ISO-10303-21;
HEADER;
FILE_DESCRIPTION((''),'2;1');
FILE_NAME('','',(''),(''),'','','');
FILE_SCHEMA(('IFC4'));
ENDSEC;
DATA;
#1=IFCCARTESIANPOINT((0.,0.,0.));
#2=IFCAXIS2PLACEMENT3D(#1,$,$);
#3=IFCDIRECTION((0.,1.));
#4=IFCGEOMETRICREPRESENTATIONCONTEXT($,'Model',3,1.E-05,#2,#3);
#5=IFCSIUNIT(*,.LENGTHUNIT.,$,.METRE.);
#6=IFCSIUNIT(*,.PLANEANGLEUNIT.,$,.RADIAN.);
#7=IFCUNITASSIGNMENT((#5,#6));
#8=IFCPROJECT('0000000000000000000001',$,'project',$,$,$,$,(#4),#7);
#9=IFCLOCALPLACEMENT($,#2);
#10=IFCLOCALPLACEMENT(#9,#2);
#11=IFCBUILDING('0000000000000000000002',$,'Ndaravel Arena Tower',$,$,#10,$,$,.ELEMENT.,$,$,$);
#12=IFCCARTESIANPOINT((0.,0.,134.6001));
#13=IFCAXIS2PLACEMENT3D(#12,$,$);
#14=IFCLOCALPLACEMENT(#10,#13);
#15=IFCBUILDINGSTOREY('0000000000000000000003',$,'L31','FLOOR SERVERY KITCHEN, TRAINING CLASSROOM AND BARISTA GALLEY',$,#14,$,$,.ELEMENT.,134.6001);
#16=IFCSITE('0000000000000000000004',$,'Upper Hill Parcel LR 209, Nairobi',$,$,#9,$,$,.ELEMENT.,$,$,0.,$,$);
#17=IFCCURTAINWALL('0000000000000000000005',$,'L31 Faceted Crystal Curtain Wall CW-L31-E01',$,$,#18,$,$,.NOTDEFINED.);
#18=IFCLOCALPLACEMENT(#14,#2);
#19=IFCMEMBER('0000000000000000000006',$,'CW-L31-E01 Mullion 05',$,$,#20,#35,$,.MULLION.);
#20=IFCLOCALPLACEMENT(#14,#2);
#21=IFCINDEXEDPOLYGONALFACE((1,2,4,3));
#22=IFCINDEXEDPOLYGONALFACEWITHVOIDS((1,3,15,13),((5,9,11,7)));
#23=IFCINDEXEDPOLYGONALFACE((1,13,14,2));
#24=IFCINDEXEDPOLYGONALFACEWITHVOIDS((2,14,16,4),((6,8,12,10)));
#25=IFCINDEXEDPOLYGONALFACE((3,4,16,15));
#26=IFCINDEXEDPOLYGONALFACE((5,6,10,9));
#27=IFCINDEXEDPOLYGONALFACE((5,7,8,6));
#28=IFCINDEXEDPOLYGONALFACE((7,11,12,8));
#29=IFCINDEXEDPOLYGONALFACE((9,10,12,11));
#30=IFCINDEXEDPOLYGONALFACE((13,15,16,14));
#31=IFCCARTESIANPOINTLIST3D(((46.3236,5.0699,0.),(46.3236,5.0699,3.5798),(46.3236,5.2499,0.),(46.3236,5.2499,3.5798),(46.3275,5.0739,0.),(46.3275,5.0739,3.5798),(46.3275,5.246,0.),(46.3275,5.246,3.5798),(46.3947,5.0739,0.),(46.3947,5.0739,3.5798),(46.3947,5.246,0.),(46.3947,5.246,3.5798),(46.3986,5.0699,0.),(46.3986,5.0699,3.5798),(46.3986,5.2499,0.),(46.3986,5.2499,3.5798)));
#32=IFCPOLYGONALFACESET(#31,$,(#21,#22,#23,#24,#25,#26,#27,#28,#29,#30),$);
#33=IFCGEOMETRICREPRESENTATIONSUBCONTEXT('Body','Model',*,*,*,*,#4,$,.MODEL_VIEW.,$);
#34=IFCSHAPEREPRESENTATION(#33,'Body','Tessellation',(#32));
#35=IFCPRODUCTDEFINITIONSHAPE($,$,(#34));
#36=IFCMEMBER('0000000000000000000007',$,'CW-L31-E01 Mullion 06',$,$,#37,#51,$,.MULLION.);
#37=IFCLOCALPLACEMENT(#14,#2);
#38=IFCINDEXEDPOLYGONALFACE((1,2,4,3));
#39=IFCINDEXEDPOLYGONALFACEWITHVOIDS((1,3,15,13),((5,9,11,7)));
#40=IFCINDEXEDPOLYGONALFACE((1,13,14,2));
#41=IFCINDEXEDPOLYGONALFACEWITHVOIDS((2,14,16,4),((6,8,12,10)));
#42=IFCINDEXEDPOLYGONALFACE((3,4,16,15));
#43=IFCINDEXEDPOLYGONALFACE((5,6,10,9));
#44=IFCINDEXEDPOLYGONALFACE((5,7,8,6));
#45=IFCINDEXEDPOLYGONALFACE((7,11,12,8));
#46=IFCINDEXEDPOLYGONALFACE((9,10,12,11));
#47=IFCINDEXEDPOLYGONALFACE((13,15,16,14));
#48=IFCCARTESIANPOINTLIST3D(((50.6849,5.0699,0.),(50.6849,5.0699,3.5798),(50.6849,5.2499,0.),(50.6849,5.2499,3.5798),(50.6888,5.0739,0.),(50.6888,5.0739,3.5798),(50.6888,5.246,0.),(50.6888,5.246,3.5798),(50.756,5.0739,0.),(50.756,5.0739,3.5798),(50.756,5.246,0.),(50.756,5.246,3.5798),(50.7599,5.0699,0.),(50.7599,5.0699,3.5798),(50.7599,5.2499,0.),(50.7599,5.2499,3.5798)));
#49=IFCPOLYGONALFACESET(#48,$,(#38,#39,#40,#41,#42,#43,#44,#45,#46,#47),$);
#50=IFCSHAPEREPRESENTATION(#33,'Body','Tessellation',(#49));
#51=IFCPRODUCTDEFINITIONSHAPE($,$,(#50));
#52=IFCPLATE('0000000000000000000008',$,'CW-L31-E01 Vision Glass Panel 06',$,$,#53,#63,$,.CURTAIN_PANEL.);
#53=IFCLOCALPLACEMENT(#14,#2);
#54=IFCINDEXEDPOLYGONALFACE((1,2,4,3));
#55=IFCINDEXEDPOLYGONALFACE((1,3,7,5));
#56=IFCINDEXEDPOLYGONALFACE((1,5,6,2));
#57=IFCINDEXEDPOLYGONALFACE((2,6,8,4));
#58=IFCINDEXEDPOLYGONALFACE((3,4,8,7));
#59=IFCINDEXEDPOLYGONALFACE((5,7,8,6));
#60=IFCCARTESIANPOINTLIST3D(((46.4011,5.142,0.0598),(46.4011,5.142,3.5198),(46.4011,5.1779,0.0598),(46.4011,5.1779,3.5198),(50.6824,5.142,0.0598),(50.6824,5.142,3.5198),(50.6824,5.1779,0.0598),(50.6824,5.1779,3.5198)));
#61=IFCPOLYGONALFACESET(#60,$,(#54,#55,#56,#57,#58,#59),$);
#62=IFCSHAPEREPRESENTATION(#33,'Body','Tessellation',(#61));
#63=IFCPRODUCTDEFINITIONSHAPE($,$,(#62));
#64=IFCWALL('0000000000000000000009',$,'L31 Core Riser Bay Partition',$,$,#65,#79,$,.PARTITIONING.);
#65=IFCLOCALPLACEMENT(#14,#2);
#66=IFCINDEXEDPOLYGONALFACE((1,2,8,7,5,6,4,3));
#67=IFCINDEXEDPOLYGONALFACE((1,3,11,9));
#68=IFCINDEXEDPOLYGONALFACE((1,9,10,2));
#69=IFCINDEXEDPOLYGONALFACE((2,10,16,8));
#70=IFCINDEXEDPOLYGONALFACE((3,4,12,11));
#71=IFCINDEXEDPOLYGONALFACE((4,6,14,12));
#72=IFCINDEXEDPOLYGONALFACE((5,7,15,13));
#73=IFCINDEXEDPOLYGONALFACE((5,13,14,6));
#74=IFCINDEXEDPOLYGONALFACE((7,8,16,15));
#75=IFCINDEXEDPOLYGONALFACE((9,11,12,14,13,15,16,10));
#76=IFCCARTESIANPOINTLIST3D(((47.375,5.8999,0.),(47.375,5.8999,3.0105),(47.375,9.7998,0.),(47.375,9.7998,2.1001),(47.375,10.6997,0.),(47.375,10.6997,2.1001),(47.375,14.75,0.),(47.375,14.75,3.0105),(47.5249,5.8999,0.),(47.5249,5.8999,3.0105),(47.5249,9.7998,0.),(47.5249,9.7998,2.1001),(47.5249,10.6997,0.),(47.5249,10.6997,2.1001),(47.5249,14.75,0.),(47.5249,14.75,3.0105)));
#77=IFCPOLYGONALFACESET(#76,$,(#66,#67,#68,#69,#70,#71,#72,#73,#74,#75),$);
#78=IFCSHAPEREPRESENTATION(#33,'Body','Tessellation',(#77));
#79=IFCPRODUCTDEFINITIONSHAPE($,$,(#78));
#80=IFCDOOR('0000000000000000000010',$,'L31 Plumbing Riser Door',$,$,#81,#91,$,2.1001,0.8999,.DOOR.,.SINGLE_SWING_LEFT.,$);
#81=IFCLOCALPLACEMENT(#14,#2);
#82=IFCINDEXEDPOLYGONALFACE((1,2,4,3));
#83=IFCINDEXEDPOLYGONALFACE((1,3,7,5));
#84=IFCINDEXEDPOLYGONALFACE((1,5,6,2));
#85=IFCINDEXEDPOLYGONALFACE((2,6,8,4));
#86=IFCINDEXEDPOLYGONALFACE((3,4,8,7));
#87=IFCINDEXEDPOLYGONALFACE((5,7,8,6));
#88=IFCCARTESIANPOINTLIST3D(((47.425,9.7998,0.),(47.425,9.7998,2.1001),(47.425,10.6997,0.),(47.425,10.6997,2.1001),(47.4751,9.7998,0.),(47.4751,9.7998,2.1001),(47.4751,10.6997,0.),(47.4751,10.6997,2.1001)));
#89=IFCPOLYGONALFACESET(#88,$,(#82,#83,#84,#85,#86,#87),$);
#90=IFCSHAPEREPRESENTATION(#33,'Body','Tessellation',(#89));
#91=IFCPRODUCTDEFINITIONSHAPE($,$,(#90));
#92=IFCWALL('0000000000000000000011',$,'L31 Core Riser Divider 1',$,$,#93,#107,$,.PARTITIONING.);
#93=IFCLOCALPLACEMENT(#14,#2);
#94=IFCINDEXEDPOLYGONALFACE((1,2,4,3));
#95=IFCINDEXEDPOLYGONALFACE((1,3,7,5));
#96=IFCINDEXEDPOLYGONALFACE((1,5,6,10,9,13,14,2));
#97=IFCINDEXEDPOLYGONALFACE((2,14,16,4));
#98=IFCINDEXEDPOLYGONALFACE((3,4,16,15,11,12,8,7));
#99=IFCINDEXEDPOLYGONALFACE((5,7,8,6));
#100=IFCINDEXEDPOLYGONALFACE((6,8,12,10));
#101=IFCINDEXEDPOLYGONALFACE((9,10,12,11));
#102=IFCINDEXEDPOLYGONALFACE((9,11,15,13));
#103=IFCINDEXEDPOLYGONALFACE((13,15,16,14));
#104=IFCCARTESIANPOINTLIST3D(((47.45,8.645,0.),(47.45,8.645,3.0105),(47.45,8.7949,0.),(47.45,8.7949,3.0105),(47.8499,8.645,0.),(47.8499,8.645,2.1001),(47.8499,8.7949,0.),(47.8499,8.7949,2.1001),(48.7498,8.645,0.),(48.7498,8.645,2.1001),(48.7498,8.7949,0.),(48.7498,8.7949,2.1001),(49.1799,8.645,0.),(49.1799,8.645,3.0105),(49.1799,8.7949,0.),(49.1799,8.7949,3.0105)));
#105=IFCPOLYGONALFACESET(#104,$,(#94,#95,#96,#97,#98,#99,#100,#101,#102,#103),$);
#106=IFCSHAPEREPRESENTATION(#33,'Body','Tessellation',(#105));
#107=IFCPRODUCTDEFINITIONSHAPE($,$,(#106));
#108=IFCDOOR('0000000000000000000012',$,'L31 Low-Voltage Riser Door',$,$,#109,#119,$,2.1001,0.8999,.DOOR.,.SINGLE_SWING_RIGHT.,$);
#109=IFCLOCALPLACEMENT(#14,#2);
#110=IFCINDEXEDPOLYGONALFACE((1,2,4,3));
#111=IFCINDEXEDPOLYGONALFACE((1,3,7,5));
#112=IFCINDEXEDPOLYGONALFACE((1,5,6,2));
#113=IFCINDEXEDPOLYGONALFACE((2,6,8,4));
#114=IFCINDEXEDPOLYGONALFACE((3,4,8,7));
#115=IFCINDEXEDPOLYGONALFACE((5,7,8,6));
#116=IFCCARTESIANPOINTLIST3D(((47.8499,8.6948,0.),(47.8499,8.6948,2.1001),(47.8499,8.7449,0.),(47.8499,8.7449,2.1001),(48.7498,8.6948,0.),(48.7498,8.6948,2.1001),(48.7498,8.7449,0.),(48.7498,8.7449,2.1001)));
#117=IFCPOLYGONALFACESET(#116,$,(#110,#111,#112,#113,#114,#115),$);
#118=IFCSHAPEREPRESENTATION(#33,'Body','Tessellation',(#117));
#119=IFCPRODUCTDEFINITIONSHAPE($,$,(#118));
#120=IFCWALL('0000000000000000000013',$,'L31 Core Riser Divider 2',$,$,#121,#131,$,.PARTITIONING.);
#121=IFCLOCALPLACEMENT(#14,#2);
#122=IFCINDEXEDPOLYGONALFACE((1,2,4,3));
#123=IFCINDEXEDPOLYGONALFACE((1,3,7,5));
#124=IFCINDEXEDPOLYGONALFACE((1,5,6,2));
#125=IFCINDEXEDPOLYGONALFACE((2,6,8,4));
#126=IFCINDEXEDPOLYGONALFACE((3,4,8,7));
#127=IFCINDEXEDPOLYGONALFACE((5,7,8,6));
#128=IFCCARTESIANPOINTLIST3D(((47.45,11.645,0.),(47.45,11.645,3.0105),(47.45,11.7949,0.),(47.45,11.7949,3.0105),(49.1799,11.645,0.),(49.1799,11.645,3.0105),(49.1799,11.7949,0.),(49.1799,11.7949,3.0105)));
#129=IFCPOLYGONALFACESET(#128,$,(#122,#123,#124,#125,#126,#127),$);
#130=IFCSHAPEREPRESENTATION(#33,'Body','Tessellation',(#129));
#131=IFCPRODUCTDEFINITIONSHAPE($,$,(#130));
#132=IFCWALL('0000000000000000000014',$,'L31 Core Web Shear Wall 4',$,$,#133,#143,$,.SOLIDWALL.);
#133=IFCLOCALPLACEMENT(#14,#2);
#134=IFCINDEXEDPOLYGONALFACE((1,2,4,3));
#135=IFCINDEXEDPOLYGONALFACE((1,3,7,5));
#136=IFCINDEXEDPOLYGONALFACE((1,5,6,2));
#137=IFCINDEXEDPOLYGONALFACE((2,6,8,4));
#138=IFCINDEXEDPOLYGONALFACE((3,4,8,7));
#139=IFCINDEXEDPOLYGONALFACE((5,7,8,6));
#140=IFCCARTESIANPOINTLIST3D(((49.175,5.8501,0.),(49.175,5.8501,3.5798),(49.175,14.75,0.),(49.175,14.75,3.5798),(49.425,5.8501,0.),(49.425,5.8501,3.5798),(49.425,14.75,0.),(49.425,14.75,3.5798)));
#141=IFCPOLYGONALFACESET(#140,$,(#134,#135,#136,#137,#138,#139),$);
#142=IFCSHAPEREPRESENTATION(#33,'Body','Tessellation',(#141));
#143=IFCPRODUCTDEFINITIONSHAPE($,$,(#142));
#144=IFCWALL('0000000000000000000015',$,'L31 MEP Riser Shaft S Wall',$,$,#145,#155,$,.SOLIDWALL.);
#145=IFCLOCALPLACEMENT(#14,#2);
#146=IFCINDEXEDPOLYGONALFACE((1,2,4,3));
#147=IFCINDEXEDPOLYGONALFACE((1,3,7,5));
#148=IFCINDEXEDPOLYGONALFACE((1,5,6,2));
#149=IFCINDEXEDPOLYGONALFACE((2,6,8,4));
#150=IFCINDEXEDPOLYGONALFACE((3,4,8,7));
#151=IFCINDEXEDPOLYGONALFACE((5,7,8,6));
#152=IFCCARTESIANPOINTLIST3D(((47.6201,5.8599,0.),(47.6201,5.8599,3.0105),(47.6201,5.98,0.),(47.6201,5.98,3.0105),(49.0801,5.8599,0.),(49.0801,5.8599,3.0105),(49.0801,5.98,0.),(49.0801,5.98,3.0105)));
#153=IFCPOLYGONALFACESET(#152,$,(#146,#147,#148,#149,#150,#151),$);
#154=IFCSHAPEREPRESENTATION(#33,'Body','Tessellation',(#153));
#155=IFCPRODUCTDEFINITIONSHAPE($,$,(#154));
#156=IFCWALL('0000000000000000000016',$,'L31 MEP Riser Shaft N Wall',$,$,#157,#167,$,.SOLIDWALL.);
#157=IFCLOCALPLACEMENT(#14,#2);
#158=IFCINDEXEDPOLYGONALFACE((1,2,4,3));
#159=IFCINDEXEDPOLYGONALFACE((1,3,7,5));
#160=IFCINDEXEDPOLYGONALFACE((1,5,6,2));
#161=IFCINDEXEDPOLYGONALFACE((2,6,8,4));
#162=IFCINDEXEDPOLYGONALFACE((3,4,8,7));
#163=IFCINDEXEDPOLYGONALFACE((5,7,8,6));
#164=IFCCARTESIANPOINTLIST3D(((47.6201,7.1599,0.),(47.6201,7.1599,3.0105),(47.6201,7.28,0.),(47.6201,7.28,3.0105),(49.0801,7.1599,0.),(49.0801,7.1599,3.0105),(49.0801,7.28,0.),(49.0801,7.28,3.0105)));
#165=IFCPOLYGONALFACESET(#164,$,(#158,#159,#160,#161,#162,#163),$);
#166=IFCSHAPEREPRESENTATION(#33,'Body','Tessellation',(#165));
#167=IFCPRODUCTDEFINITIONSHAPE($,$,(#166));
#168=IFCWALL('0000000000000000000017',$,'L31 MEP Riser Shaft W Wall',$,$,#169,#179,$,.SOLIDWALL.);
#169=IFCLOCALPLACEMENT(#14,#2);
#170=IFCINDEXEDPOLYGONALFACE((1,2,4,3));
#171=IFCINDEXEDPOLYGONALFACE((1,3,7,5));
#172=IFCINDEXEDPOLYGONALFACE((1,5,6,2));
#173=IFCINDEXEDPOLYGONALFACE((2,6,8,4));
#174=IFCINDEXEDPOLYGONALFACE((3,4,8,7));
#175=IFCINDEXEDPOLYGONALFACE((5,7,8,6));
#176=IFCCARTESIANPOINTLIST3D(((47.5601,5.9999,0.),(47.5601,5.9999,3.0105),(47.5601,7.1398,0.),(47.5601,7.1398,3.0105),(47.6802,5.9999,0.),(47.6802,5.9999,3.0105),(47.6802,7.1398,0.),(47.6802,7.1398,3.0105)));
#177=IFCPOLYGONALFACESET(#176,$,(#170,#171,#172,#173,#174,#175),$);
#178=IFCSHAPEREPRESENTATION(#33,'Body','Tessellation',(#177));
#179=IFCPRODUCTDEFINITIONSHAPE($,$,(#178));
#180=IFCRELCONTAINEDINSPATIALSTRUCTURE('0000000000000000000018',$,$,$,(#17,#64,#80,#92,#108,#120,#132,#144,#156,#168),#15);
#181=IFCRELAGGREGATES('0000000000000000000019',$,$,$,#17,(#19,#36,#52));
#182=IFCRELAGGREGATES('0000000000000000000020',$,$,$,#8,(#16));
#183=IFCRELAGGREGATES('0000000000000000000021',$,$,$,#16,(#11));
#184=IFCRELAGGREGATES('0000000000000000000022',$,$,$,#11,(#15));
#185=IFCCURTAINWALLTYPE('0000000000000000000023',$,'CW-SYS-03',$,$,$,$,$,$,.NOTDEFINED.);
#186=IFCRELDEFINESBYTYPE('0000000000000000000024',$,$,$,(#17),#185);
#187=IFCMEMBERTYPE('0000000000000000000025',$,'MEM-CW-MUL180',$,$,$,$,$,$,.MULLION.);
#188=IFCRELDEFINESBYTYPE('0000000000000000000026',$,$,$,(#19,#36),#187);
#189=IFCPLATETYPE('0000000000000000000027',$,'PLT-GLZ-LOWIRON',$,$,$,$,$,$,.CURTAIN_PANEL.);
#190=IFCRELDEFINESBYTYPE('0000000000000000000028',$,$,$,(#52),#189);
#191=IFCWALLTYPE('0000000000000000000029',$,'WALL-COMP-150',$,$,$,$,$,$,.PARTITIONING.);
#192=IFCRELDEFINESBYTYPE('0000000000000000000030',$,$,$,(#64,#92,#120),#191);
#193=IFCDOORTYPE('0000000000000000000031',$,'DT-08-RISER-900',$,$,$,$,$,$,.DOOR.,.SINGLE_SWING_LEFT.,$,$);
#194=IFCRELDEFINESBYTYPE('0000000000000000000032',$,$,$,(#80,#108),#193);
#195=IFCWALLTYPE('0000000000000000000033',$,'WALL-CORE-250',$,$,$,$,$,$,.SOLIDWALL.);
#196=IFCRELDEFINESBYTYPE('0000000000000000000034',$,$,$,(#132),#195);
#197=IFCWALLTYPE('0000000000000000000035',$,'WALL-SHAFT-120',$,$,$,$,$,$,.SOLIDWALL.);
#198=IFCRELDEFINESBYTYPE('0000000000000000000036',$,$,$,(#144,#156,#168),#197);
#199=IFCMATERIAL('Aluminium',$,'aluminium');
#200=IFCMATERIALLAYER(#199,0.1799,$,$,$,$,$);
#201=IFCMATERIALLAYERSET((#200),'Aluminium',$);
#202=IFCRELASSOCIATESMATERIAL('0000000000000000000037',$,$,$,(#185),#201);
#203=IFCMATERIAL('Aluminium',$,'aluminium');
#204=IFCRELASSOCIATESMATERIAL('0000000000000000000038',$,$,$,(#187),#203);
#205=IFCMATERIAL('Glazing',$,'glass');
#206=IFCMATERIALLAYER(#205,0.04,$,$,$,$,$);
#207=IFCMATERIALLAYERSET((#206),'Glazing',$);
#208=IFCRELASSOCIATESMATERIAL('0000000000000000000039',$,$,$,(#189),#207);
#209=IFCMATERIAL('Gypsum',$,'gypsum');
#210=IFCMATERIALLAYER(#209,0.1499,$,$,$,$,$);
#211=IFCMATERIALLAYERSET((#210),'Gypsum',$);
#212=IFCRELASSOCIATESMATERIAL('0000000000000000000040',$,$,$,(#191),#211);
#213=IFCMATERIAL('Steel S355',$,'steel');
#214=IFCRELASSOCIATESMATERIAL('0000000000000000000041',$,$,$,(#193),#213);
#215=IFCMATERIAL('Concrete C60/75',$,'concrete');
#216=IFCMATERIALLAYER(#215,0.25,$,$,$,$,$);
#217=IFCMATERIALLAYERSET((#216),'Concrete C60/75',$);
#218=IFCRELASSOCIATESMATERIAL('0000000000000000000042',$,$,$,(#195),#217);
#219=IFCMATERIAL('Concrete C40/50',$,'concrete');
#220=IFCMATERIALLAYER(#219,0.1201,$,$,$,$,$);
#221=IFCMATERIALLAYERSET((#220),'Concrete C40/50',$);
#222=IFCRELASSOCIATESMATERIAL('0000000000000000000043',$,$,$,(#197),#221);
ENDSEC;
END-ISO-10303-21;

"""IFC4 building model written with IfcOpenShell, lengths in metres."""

from ifc_helpers import new_model, si_unit, direction, frame, frame_2d, origin, origin_2d, place, context, subcontext, project, spatial, rectangle, hollow_rectangle, extrude, material, layer, layer_set, material_profile, profile_set, type_object, element, fill, aggregate, save


model = new_model("IFC4")

# Units and contexts
model_context = context("Model", 3, precision=1e-05, world=origin(), true_north=direction((0.0, 1.0)))
body_context = subcontext(model_context, "Body", "Model", "MODEL_VIEW")
ifc_project = project(units=[si_unit("LENGTHUNIT", "METRE"), si_unit("PLANEANGLEUNIT", "RADIAN")], contexts=[model_context])

# Site, building, storey
site_placement = place(None, origin())
site = spatial("IfcSite", under=ifc_project, at=site_placement, Name="Upper Hill Parcel LR 209, Nairobi", CompositionType="ELEMENT", RefElevation=0.0)
building_placement = place(site_placement, origin())
building = spatial("IfcBuilding", under=site, at=building_placement, Name="Ndaravel Arena Tower", CompositionType="ELEMENT")
storey_placement = place(building_placement, frame((0.0, 0.0, 134.6001)))
storey = spatial("IfcBuildingStorey", under=building, at=storey_placement, Name="L31", Description="FLOOR SERVERY KITCHEN, TRAINING CLASSROOM AND BARISTA GALLEY", CompositionType="ELEMENT", Elevation=134.6001)

# Curtain wall, members, plate
ifc_material_1 = material(Name="Aluminium", Category="aluminium")
ifc_layer_1 = layer(ifc_material_1, 0.1799)
ifc_layer_set_1 = layer_set([ifc_layer_1], Name="Aluminium")
curtain_wall_type = type_object("IfcCurtainWallType", Name="CW-SYS-03", PredefinedType="NOTDEFINED", material=ifc_layer_set_1)
curtain_wall_placement = place(storey_placement, origin())
curtain_wall = element("IfcCurtainWall", 1, at=curtain_wall_placement, inside=storey, type_object=curtain_wall_type, Name="L31 Faceted Crystal Curtain Wall CW-L31-E01", PredefinedType="NOTDEFINED")
ifc_material_2 = material(Name="Aluminium", Category="aluminium")
ifc_material_profile = material_profile(ifc_material_2, hollow_rectangle(XDim=0.075, YDim=0.1799, WallThickness=0.0039, at=origin_2d()), Name="CW MULLION 75x180x4")
ifc_profile_set = profile_set([ifc_material_profile], Name="Aluminium")
member_type = type_object("IfcMemberType", Name="MEM-CW-MUL180", PredefinedType="MULLION", material=ifc_profile_set)
member_1_placement = place(storey_placement, frame((46.3611, 5.1599, 0.0), z_axis=(0.0, 0.0, 1.0), x_axis=(1.0, 0.0, 0.0)))
member_1 = element("IfcMember", 2, at=member_1_placement, type_object=member_type, Name="CW-L31-E01 Mullion 05", PredefinedType="MULLION", context=body_context, shape_type="SweptSolid", body=[
    extrude(hollow_rectangle(XDim=0.075, YDim=0.1799, WallThickness=0.0039, at=origin_2d()), origin(), (0.0, 0.0, 1.0), 3.5798),
])
member_2_placement = place(storey_placement, frame((50.7224, 5.1599, 0.0), z_axis=(0.0, 0.0, 1.0), x_axis=(1.0, 0.0, 0.0)))
member_2 = element("IfcMember", 3, at=member_2_placement, type_object=member_type, Name="CW-L31-E01 Mullion 06", PredefinedType="MULLION", context=body_context, shape_type="SweptSolid", body=[
    extrude(hollow_rectangle(XDim=0.075, YDim=0.1799, WallThickness=0.0039, at=origin_2d()), origin(), (0.0, 0.0, 1.0), 3.5798),
])
ifc_material_3 = material(Name="Glazing", Category="glass")
ifc_layer_2 = layer(ifc_material_3, 0.04)
ifc_layer_set_2 = layer_set([ifc_layer_2], Name="Glazing")
plate_type = type_object("IfcPlateType", Name="PLT-GLZ-LOWIRON", PredefinedType="CURTAIN_PANEL", material=ifc_layer_set_2)
plate_placement = place(storey_placement, frame((48.5417, 5.1599, 0.0598), z_axis=(0.0, 0.0, 1.0), x_axis=(1.0, 0.0, 0.0)))
plate = element("IfcPlate", 4, at=plate_placement, type_object=plate_type, Name="CW-L31-E01 Vision Glass Panel 06", PredefinedType="CURTAIN_PANEL", context=body_context, shape_type="SweptSolid", body=[
    extrude(rectangle(XDim=4.2812, YDim=0.0359, at=origin_2d()), origin(), (0.0, 0.0, 1.0), 3.46),
])
aggregate(curtain_wall, [member_1, member_2, plate])

# Walls, openings, doors
ifc_material_4 = material(Name="Gypsum", Category="gypsum")
ifc_layer_3 = layer(ifc_material_4, 0.1499)
ifc_layer_set_3 = layer_set([ifc_layer_3], Name="Gypsum")
wall_type_1 = type_object("IfcWallType", Name="WALL-COMP-150", PredefinedType="PARTITIONING", material=ifc_layer_set_3)
wall_1_placement = place(storey_placement, frame((47.45, 5.8999, 0.0), z_axis=(0.0, 0.0, 1.0), x_axis=(0.0, 1.0, 0.0)))
wall_1 = element("IfcWall", 5, at=wall_1_placement, inside=storey, type_object=wall_type_1, Name="L31 Core Riser Bay Partition", PredefinedType="PARTITIONING", context=body_context, shape_type="SweptSolid", body=[
    extrude(rectangle(XDim=8.8501, YDim=0.1499, at=frame_2d((4.425, 0.0))), origin(), (0.0, 0.0, 1.0), 3.0105),
])
opening_1_placement = place(wall_1_placement, frame((3.8999, 0.0, 0.0)))
opening_1 = element("IfcOpeningElement", 6, at=opening_1_placement, cuts=wall_1, PredefinedType="OPENING", context=body_context, shape_type="SweptSolid", body=[
    extrude(rectangle(XDim=0.8999, YDim=2.1001, at=frame_2d((0.45, 1.05))), frame((0.0, 0.075, 0.0), z_axis=(0.0, -1.0, 0.0), x_axis=(1.0, 0.0, 0.0)), (0.0, 0.0, 1.0), 0.1499),
])
ifc_material_5 = material(Name="Steel S355", Category="steel")
door_type_1 = type_object("IfcDoorType", Name="DT-08-RISER-900", OperationType="SINGLE_SWING_LEFT", PredefinedType="DOOR", material=ifc_material_5)
door_1_placement = place(opening_1_placement, origin())
door_1 = element("IfcDoor", 7, at=door_1_placement, inside=storey, type_object=door_type_1, Name="L31 Plumbing Riser Door", OperationType="SINGLE_SWING_LEFT", OverallHeight=2.1001, OverallWidth=0.8999, PredefinedType="DOOR", context=body_context, shape_type="SweptSolid", body=[
    extrude(rectangle(XDim=0.8999, YDim=2.1001, at=frame_2d((0.45, 1.05))), frame((0.0, 0.0249, 0.0), z_axis=(0.0, -1.0, 0.0), x_axis=(1.0, 0.0, 0.0)), (0.0, 0.0, 1.0), 0.05),
])
fill(opening_1, door_1)
wall_2_placement = place(storey_placement, frame((47.45, 8.72, 0.0), z_axis=(0.0, 0.0, 1.0), x_axis=(1.0, 0.0, 0.0)))
wall_2 = element("IfcWall", 8, at=wall_2_placement, inside=storey, type_object=wall_type_1, Name="L31 Core Riser Divider 1", PredefinedType="PARTITIONING", context=body_context, shape_type="SweptSolid", body=[
    extrude(rectangle(XDim=1.73, YDim=0.1499, at=frame_2d((0.865, 0.0))), origin(), (0.0, 0.0, 1.0), 3.0105),
])
opening_2_placement = place(wall_2_placement, frame((0.3999, 0.0, 0.0)))
opening_2 = element("IfcOpeningElement", 9, at=opening_2_placement, cuts=wall_2, PredefinedType="OPENING", context=body_context, shape_type="SweptSolid", body=[
    extrude(rectangle(XDim=0.8999, YDim=2.1001, at=frame_2d((0.45, 1.05))), frame((0.0, 0.075, 0.0), z_axis=(0.0, -1.0, 0.0), x_axis=(1.0, 0.0, 0.0)), (0.0, 0.0, 1.0), 0.1499),
])
door_2_placement = place(opening_2_placement, origin())
door_2 = element("IfcDoor", 10, at=door_2_placement, inside=storey, type_object=door_type_1, Name="L31 Low-Voltage Riser Door", OperationType="SINGLE_SWING_RIGHT", OverallHeight=2.1001, OverallWidth=0.8999, PredefinedType="DOOR", context=body_context, shape_type="SweptSolid", body=[
    extrude(rectangle(XDim=0.8999, YDim=2.1001, at=frame_2d((0.45, 1.05))), frame((0.0, 0.0249, 0.0), z_axis=(0.0, -1.0, 0.0), x_axis=(1.0, 0.0, 0.0)), (0.0, 0.0, 1.0), 0.05),
])
fill(opening_2, door_2)

# Walls
wall_3_placement = place(storey_placement, frame((47.45, 11.72, 0.0), z_axis=(0.0, 0.0, 1.0), x_axis=(1.0, 0.0, 0.0)))
element("IfcWall", 11, at=wall_3_placement, inside=storey, type_object=wall_type_1, Name="L31 Core Riser Divider 2", PredefinedType="PARTITIONING", context=body_context, shape_type="SweptSolid", body=[
    extrude(rectangle(XDim=1.73, YDim=0.1499, at=frame_2d((0.865, 0.0))), origin(), (0.0, 0.0, 1.0), 3.0105),
])
ifc_material_6 = material(Name="Concrete C60/75", Category="concrete")
ifc_layer_4 = layer(ifc_material_6, 0.25)
ifc_layer_set_4 = layer_set([ifc_layer_4], Name="Concrete C60/75")
wall_type_2 = type_object("IfcWallType", Name="WALL-CORE-250", PredefinedType="SOLIDWALL", material=ifc_layer_set_4)
wall_4_placement = place(storey_placement, frame((49.3, 5.8501, 0.0), z_axis=(0.0, 0.0, 1.0), x_axis=(0.0, 1.0, 0.0)))
element("IfcWall", 12, at=wall_4_placement, inside=storey, type_object=wall_type_2, Name="L31 Core Web Shear Wall 4", PredefinedType="SOLIDWALL", context=body_context, shape_type="SweptSolid", body=[
    extrude(rectangle(XDim=8.8999, YDim=0.25, at=frame_2d((4.45, 0.0))), origin(), (0.0, 0.0, 1.0), 3.5798),
])
ifc_material_7 = material(Name="Concrete C40/50", Category="concrete")
ifc_layer_5 = layer(ifc_material_7, 0.1201)
ifc_layer_set_5 = layer_set([ifc_layer_5], Name="Concrete C40/50")
wall_type_3 = type_object("IfcWallType", Name="WALL-SHAFT-120", PredefinedType="SOLIDWALL", material=ifc_layer_set_5)
for number, where, z_axis, x_axis, name in (
    (13, (47.6201, 5.9199, 0.0), (0.0, 0.0, 1.0), (1.0, 0.0, 0.0), "L31 MEP Riser Shaft S Wall"),
    (14, (47.6201, 7.22, 0.0), (0.0, 0.0, 1.0), (1.0, 0.0, 0.0), "L31 MEP Riser Shaft N Wall"),
):
    element("IfcWall", number, at=place(storey_placement, frame(where, z_axis=z_axis, x_axis=x_axis)), inside=storey, type_object=wall_type_3, Name=name, PredefinedType="SOLIDWALL", context=body_context, shape_type="SweptSolid", body=[
        extrude(rectangle(XDim=1.46, YDim=0.1201, at=frame_2d((0.73, 0.0))), origin(), (0.0, 0.0, 1.0), 3.0105),
    ])
for number, where, z_axis, x_axis, name in (
    (15, (47.6201, 6.0, 0.0), (0.0, 0.0, 1.0), (0.0, 1.0, 0.0), "L31 MEP Riser Shaft W Wall"),
):
    element("IfcWall", number, at=place(storey_placement, frame(where, z_axis=z_axis, x_axis=x_axis)), inside=storey, type_object=wall_type_3, Name=name, PredefinedType="SOLIDWALL", context=body_context, shape_type="SweptSolid", body=[
        extrude(rectangle(XDim=1.1399, YDim=0.1201, at=frame_2d((0.5698, 0.0))), origin(), (0.0, 0.0, 1.0), 3.0105),
    ])

save(model, "model.ifc")
